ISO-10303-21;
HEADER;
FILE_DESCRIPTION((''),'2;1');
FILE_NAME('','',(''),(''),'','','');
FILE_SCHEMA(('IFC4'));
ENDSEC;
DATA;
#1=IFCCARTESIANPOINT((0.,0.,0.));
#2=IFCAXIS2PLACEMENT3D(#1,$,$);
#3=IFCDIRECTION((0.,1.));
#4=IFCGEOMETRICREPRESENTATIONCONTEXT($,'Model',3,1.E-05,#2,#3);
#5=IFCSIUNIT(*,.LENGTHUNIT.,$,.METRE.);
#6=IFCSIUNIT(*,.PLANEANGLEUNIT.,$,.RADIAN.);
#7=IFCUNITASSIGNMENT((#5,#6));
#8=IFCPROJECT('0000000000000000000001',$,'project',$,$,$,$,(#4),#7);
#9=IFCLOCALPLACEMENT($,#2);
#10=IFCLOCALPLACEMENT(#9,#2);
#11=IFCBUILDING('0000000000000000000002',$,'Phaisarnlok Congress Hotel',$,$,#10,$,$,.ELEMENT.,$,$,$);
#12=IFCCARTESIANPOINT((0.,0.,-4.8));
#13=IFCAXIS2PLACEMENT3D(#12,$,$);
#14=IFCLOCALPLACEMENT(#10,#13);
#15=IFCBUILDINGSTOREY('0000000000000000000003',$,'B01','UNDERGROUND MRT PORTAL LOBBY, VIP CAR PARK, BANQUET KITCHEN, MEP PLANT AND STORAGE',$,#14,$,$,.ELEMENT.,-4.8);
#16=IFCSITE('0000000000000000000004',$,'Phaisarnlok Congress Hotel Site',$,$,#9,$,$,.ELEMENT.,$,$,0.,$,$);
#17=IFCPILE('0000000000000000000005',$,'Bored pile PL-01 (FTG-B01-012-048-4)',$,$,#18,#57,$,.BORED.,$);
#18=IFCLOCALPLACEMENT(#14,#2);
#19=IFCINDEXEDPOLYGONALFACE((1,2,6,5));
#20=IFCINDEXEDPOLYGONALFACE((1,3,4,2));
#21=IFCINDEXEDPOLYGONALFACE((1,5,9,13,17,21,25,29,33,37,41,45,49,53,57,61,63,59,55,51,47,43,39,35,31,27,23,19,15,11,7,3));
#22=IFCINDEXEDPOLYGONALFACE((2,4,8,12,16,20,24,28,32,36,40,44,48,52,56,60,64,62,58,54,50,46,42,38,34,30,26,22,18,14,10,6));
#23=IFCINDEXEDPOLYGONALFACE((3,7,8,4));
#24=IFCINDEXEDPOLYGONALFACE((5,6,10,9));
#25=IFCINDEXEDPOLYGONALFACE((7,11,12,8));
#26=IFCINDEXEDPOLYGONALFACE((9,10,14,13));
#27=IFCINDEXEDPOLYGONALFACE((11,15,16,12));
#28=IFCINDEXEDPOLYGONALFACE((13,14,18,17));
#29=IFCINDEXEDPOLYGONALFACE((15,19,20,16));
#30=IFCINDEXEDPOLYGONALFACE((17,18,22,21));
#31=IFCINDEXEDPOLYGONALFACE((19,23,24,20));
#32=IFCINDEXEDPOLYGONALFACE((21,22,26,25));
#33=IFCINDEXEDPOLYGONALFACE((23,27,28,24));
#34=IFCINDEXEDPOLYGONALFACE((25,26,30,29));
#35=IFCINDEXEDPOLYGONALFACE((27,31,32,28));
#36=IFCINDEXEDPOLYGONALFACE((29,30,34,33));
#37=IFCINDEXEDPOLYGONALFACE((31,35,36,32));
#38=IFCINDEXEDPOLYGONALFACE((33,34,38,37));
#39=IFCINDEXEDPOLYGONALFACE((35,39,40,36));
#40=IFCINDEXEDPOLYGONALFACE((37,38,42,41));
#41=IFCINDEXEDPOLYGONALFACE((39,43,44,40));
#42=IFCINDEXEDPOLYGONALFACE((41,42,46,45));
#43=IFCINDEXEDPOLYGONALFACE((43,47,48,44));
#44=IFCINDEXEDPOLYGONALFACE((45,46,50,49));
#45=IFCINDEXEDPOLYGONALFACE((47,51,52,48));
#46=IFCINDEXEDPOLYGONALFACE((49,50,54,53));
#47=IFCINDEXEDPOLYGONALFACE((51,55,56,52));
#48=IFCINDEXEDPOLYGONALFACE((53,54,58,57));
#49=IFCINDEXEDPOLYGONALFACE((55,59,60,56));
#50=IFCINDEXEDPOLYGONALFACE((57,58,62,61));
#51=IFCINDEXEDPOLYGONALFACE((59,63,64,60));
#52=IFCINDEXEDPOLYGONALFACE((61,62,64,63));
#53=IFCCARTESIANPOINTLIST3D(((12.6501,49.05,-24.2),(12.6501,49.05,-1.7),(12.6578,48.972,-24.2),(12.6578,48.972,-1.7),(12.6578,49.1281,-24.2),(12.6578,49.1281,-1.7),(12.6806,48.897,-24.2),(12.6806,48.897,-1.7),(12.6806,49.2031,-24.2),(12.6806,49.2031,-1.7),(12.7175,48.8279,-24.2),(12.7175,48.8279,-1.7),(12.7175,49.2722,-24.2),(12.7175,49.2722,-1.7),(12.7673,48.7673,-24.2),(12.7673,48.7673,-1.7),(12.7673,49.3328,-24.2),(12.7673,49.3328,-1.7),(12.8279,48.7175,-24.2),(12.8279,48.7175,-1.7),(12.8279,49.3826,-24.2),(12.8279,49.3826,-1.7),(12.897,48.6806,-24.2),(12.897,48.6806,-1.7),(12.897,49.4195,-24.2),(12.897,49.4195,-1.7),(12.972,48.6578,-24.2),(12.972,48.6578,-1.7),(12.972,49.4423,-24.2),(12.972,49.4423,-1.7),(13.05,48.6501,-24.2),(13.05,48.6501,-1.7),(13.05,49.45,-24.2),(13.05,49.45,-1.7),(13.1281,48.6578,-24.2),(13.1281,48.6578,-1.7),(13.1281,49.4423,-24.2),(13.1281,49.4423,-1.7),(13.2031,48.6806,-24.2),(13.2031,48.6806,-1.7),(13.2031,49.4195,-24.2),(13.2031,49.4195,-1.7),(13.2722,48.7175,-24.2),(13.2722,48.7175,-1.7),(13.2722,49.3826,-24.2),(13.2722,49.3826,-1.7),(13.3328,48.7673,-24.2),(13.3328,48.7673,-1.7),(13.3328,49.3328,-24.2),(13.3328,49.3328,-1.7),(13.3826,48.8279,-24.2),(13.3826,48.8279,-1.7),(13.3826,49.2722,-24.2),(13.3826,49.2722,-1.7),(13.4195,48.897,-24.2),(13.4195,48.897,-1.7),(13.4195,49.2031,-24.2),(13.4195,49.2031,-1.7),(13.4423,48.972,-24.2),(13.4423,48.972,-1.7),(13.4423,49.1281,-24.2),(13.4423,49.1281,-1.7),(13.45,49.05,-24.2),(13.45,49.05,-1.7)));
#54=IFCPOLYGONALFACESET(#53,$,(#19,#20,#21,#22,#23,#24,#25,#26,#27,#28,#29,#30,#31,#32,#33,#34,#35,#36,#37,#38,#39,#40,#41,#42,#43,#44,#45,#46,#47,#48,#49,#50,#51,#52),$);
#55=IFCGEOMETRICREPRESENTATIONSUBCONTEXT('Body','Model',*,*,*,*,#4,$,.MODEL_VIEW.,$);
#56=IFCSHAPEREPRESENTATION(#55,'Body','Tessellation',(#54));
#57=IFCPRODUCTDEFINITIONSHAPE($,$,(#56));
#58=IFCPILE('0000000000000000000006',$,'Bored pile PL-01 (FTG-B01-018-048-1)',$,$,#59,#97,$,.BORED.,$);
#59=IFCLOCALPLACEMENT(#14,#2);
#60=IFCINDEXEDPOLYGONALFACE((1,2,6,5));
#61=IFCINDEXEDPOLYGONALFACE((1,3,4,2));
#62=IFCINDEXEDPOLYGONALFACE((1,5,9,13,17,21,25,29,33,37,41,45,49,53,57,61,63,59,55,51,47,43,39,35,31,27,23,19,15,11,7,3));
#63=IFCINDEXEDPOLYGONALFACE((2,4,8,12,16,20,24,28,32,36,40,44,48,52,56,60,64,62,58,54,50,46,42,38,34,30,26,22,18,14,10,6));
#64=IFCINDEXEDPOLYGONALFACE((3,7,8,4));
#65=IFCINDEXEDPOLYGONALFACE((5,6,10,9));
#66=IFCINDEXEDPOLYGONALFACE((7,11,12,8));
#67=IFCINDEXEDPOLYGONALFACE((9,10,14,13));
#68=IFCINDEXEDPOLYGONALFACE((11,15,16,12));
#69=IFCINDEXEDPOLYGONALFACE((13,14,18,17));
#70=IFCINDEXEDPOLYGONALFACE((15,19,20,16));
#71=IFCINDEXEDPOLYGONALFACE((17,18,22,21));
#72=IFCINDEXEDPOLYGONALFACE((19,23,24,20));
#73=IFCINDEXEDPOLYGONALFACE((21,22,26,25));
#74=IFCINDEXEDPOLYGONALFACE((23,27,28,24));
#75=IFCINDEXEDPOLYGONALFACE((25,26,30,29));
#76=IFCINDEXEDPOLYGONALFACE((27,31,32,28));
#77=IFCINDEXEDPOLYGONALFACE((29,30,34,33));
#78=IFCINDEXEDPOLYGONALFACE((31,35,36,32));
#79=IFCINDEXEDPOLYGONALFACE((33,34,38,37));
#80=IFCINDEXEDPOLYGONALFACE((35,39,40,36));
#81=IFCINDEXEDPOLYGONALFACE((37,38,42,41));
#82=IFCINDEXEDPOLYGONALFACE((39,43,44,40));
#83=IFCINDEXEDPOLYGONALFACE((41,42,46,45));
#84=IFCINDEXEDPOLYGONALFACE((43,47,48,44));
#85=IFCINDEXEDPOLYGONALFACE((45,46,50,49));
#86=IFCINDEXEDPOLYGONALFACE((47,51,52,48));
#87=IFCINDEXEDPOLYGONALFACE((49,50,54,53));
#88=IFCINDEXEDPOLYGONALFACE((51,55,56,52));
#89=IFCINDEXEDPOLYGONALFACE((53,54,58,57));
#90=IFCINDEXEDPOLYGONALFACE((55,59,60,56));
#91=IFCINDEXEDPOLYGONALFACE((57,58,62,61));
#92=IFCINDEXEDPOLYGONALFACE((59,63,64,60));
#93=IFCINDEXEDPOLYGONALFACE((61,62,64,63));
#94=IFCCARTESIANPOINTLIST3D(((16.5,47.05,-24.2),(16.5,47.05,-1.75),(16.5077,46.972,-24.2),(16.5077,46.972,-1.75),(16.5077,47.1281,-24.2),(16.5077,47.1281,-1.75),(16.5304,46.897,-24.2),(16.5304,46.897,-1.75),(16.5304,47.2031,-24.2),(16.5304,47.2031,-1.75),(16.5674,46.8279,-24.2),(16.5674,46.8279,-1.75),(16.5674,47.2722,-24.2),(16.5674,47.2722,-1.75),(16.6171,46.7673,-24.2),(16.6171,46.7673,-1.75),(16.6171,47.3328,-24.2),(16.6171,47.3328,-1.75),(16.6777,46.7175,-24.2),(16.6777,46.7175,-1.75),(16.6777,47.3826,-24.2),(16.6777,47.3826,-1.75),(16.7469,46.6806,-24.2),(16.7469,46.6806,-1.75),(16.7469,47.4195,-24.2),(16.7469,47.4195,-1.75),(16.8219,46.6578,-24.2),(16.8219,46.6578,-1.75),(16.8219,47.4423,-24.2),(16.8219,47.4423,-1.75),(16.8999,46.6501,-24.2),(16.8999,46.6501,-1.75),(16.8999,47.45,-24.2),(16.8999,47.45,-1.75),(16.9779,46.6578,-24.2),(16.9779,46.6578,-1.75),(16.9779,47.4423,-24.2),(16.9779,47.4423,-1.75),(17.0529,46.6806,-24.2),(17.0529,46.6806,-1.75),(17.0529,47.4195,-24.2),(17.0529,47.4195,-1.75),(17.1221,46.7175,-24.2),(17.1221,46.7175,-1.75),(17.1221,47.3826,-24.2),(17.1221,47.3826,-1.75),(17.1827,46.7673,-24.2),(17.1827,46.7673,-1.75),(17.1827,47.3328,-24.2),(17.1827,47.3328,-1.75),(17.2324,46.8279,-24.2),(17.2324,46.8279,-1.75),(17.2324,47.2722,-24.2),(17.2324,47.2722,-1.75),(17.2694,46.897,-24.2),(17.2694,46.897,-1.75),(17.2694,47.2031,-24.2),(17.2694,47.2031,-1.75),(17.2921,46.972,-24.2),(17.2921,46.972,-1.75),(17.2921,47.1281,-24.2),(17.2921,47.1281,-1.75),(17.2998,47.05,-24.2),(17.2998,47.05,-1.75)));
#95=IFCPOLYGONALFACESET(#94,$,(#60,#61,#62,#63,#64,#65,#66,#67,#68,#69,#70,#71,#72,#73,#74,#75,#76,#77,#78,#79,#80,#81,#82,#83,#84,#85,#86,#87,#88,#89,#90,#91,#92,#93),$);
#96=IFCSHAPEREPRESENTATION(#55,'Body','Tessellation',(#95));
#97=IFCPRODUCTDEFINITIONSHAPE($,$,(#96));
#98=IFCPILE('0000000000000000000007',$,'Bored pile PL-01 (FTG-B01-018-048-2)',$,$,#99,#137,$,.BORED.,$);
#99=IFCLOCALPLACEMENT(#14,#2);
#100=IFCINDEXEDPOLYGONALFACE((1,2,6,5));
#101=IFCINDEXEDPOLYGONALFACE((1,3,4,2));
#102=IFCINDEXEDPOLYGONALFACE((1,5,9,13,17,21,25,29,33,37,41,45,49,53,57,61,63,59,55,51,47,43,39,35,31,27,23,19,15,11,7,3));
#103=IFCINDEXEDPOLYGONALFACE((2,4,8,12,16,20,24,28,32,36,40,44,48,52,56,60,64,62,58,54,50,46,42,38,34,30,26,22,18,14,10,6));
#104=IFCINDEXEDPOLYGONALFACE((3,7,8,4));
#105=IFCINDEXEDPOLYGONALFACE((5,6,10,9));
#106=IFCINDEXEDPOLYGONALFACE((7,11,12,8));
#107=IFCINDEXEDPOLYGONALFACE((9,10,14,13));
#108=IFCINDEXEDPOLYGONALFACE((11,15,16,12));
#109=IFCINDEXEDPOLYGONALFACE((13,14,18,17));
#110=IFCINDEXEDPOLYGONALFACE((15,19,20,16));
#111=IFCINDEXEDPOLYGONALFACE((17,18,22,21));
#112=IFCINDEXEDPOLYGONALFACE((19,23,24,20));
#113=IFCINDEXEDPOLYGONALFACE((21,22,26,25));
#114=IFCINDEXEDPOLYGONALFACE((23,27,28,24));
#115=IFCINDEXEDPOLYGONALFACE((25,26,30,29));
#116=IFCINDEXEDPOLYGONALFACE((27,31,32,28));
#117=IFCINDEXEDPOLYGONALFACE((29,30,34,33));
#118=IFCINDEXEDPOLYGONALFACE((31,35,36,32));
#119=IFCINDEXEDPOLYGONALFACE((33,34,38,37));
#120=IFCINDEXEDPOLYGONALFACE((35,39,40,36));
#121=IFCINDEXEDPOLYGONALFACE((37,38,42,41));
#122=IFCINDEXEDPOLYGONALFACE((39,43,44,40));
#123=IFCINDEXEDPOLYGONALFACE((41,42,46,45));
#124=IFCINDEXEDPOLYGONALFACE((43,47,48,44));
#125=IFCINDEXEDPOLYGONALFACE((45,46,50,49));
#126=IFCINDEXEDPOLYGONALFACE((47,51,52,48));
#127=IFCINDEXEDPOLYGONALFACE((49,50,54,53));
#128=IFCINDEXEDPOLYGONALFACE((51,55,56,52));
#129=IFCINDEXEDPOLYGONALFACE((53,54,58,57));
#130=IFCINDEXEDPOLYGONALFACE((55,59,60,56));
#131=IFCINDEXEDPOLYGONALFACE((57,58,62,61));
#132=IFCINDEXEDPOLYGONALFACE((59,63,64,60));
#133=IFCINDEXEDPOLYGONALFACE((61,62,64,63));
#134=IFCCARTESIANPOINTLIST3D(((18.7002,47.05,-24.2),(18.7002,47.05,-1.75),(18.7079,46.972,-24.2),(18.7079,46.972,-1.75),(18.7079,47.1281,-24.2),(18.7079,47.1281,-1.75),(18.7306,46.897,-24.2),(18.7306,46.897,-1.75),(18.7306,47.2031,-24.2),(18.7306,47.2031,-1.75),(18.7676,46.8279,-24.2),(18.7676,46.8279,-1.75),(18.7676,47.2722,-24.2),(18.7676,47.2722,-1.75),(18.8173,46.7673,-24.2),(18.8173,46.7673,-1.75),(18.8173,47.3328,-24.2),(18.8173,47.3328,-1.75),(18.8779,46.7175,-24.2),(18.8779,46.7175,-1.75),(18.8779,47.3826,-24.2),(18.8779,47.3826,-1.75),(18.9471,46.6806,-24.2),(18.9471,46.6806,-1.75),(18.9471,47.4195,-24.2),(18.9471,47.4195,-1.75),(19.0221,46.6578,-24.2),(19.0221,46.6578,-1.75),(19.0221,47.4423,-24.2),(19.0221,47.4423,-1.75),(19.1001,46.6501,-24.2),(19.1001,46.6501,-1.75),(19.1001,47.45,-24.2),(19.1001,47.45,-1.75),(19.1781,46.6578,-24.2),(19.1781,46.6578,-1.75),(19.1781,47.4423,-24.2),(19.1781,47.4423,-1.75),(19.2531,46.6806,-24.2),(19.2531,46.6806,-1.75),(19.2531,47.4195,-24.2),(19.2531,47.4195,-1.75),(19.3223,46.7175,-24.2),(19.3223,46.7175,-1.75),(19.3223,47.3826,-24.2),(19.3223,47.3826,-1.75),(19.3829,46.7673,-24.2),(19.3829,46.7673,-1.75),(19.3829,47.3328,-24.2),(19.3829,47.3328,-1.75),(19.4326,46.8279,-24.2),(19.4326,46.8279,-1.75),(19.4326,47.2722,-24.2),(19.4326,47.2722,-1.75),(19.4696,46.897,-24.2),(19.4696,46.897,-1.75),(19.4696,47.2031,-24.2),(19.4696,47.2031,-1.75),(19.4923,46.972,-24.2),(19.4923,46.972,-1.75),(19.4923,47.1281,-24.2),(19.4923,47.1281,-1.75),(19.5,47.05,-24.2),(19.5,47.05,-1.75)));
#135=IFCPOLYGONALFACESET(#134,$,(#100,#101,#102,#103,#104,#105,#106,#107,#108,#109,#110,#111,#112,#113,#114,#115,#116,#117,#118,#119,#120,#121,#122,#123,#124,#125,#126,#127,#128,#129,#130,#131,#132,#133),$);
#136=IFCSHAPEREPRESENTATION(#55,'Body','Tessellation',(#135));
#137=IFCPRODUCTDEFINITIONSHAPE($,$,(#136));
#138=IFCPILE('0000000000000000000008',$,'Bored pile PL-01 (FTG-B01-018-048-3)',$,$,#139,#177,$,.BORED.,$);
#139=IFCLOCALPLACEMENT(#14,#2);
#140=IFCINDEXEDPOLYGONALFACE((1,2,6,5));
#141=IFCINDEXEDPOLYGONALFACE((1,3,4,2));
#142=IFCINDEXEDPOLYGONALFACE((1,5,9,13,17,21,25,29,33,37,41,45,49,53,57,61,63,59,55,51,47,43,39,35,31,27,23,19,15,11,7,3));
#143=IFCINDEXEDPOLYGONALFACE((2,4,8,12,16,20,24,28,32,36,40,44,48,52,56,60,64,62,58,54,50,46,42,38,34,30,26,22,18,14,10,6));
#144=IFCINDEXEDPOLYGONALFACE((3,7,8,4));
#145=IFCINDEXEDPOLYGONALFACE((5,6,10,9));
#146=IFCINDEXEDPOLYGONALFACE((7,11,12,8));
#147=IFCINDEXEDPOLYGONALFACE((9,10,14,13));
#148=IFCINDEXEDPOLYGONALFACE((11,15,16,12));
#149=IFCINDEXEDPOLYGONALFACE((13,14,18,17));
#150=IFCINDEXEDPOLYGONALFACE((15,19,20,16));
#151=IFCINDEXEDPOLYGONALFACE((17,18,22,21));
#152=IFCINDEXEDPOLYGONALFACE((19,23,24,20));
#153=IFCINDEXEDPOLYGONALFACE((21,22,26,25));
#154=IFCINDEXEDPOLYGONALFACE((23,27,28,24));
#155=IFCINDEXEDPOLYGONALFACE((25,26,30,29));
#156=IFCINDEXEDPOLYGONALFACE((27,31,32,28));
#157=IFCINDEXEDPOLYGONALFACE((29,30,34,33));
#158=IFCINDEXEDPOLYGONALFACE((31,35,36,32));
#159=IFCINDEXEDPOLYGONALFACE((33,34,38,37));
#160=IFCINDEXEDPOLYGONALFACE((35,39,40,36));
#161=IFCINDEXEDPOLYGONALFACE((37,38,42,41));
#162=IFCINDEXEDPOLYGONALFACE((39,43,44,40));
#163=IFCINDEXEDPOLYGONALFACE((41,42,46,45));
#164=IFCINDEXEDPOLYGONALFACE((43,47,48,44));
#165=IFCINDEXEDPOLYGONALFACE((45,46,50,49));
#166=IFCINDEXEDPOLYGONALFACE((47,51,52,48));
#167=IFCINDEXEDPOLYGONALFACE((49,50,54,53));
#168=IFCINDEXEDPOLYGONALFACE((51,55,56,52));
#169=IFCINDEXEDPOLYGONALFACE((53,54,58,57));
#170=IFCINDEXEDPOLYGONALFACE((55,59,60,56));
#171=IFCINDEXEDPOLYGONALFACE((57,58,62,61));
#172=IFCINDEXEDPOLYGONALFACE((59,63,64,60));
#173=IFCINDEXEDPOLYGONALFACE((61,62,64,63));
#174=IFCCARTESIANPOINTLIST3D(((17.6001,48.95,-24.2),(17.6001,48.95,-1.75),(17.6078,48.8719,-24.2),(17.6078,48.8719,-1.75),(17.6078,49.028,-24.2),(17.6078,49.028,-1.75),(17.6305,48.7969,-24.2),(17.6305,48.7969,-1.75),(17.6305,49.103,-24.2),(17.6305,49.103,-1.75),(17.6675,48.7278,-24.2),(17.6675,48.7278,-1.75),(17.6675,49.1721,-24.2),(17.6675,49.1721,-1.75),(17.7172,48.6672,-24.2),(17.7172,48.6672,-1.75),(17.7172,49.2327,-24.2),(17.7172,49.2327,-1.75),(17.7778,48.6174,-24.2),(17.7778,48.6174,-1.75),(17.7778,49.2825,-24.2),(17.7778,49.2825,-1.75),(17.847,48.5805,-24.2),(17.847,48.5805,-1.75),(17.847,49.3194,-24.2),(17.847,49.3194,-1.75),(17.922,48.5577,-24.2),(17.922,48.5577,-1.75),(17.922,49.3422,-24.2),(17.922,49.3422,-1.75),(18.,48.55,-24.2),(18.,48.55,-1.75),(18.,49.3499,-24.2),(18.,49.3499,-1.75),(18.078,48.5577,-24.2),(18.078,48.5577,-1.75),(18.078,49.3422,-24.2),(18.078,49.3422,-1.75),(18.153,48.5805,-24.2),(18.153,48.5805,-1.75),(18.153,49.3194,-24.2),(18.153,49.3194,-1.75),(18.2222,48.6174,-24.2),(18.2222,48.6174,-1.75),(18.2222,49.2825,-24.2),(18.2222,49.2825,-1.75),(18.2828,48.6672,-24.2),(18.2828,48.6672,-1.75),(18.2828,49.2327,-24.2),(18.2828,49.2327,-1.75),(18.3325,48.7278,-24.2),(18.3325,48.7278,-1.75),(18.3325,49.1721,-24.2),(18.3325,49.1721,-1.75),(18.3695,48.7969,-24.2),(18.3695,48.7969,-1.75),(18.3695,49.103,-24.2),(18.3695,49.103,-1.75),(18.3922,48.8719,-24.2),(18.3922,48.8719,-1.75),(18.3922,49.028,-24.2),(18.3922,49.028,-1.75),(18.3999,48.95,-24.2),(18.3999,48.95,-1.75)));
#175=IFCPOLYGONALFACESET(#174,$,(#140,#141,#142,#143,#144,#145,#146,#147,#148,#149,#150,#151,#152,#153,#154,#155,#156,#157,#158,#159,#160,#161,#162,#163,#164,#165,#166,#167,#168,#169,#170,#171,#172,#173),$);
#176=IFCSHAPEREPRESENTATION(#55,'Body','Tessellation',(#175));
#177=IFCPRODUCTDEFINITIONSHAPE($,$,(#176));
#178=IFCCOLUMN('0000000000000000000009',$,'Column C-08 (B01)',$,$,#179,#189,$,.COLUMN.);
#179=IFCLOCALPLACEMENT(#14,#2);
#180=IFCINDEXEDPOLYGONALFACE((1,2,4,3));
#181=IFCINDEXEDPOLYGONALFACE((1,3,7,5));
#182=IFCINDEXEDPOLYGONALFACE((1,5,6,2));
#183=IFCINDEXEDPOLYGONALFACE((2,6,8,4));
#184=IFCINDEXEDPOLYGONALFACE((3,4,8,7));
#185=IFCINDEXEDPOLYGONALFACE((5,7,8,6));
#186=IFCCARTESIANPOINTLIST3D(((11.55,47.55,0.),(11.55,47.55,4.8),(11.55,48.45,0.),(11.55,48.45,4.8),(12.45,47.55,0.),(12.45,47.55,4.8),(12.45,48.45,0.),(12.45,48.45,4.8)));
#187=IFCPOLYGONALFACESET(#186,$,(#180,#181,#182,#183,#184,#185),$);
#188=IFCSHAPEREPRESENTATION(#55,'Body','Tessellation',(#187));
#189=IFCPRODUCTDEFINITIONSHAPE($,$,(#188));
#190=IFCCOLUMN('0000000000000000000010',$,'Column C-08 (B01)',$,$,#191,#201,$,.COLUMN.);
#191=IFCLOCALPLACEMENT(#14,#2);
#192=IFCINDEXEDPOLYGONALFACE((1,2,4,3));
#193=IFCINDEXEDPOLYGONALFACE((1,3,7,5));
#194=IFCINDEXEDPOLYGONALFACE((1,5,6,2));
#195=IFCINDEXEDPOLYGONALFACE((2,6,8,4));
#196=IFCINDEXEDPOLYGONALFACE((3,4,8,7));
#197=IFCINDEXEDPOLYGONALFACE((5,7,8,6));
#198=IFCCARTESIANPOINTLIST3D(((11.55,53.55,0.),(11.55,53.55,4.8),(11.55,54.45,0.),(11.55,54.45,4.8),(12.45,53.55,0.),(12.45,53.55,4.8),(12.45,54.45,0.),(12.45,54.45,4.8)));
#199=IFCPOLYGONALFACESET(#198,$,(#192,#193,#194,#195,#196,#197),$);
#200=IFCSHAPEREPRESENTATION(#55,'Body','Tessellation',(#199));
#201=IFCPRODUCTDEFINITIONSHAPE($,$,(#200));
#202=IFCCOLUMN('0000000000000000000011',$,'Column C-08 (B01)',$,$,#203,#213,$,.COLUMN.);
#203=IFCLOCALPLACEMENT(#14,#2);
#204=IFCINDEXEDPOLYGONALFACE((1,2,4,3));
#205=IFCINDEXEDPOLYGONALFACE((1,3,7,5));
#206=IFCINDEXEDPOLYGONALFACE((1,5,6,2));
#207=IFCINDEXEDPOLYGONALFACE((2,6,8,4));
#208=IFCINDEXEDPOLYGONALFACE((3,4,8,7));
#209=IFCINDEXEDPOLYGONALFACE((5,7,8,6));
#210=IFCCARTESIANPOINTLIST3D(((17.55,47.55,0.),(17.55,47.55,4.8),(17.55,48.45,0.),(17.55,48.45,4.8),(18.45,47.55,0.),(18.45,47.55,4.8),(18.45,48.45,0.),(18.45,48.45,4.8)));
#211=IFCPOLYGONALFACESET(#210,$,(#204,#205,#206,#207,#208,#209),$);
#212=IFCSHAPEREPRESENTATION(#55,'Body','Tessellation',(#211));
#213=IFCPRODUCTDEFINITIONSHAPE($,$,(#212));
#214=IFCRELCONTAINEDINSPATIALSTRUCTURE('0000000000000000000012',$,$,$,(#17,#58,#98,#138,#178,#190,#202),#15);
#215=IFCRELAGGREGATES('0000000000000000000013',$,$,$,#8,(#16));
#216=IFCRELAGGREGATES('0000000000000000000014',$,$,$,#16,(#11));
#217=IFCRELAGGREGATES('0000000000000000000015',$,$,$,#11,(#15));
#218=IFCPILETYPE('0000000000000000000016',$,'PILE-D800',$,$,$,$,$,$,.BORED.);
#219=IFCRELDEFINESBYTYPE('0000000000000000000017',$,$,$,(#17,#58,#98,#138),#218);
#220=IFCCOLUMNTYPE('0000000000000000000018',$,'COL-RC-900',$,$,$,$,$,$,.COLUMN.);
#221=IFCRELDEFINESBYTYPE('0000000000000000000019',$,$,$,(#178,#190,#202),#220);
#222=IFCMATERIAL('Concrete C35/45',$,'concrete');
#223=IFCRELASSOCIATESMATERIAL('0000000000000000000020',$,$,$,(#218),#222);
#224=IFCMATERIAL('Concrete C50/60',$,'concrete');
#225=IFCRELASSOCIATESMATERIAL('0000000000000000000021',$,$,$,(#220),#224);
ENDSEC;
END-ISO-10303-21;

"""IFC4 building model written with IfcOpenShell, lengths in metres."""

from ifc_helpers import new_model, si_unit, direction, frame, origin, origin_2d, place, context, subcontext, project, spatial, rectangle, circle, extrude, material, material_profile, profile_set, type_object, element, save


model = new_model("IFC4")

# Units and contexts
model_context = context("Model", 3, precision=1e-05, world=origin(), true_north=direction((0.0, 1.0)))
body_context = subcontext(model_context, "Body", "Model", "MODEL_VIEW")
ifc_project = project(units=[si_unit("LENGTHUNIT", "METRE"), si_unit("PLANEANGLEUNIT", "RADIAN")], contexts=[model_context])

# Site, building, storey
site_placement = place(None, origin())
site = spatial("IfcSite", under=ifc_project, at=site_placement, Name="Phaisarnlok Congress Hotel Site", CompositionType="ELEMENT", RefElevation=0.0)
building_placement = place(site_placement, origin())
building = spatial("IfcBuilding", under=site, at=building_placement, Name="Phaisarnlok Congress Hotel", CompositionType="ELEMENT")
storey_placement = place(building_placement, frame((0.0, 0.0, -4.8)))
storey = spatial("IfcBuildingStorey", under=building, at=storey_placement, Name="B01", Description="UNDERGROUND MRT PORTAL LOBBY, VIP CAR PARK, BANQUET KITCHEN, MEP PLANT AND STORAGE", CompositionType="ELEMENT", Elevation=-4.8)

# Piles
ifc_material_1 = material(Name="Concrete C35/45", Category="concrete")
ifc_material_profile_1 = material_profile(ifc_material_1, circle(Radius=0.3999, at=origin_2d()), Name="BORED PILE D800")
ifc_profile_set_1 = profile_set([ifc_material_profile_1], Name="Concrete C35/45")
pile_type_1 = type_object("IfcPileType", Name="PILE-D800", PredefinedType="BORED", material=ifc_profile_set_1)
for number, where, z_axis, x_axis, name in (
    (1, (13.05, 49.05, -1.7), (0.0, 0.0, -1.0), (1.0, 0.0, 0.0), "Bored pile PL-01 (FTG-B01-012-048-4)"),
):
    element("IfcPile", number, at=place(storey_placement, frame(where, z_axis=z_axis, x_axis=x_axis)), inside=storey, type_object=pile_type_1, Name=name, PredefinedType="BORED", context=body_context, shape_type="SweptSolid", body=[
        extrude(circle(Radius=0.3999, at=origin_2d()), origin(), (0.0, 0.0, 1.0), 22.5),
    ])
for number, where, z_axis, x_axis, name in (
    (2, (16.8999, 47.05, -1.75), (0.0, 0.0, -1.0), (1.0, 0.0, 0.0), "Bored pile PL-01 (FTG-B01-018-048-1)"),
    (3, (19.1001, 47.05, -1.75), (0.0, 0.0, -1.0), (1.0, 0.0, 0.0), "Bored pile PL-01 (FTG-B01-018-048-2)"),
    (4, (18.0, 48.95, -1.75), (0.0, 0.0, -1.0), (1.0, 0.0, 0.0), "Bored pile PL-01 (FTG-B01-018-048-3)"),
):
    element("IfcPile", number, at=place(storey_placement, frame(where, z_axis=z_axis, x_axis=x_axis)), inside=storey, type_object=pile_type_1, Name=name, PredefinedType="BORED", context=body_context, shape_type="SweptSolid", body=[
        extrude(circle(Radius=0.3999, at=origin_2d()), origin(), (0.0, 0.0, 1.0), 22.45),
    ])

# Columns
ifc_material_2 = material(Name="Concrete C50/60", Category="concrete")
ifc_material_profile_2 = material_profile(ifc_material_2, rectangle(XDim=0.8999, YDim=0.8999, at=origin_2d()), Name="RC 900x900")
ifc_profile_set_2 = profile_set([ifc_material_profile_2], Name="Concrete C50/60")
column_type_1 = type_object("IfcColumnType", Name="COL-RC-900", PredefinedType="COLUMN", material=ifc_profile_set_2)
for number, where, z_axis, x_axis, name in (
    (5, (12.0, 48.0, 0.0), (0.0, 0.0, 1.0), (1.0, 0.0, 0.0), "Column C-08 (B01)"),
    (6, (12.0, 54.0, 0.0), (0.0, 0.0, 1.0), (1.0, 0.0, 0.0), "Column C-08 (B01)"),
    (7, (18.0, 48.0, 0.0), (0.0, 0.0, 1.0), (1.0, 0.0, 0.0), "Column C-08 (B01)"),
):
    element("IfcColumn", number, at=place(storey_placement, frame(where, z_axis=z_axis, x_axis=x_axis)), inside=storey, type_object=column_type_1, Name=name, PredefinedType="COLUMN", context=body_context, shape_type="SweptSolid", body=[
        extrude(rectangle(XDim=0.8999, YDim=0.8999, at=origin_2d()), origin(), (0.0, 0.0, 1.0), 4.8),
    ])

save(model, "model.ifc")
